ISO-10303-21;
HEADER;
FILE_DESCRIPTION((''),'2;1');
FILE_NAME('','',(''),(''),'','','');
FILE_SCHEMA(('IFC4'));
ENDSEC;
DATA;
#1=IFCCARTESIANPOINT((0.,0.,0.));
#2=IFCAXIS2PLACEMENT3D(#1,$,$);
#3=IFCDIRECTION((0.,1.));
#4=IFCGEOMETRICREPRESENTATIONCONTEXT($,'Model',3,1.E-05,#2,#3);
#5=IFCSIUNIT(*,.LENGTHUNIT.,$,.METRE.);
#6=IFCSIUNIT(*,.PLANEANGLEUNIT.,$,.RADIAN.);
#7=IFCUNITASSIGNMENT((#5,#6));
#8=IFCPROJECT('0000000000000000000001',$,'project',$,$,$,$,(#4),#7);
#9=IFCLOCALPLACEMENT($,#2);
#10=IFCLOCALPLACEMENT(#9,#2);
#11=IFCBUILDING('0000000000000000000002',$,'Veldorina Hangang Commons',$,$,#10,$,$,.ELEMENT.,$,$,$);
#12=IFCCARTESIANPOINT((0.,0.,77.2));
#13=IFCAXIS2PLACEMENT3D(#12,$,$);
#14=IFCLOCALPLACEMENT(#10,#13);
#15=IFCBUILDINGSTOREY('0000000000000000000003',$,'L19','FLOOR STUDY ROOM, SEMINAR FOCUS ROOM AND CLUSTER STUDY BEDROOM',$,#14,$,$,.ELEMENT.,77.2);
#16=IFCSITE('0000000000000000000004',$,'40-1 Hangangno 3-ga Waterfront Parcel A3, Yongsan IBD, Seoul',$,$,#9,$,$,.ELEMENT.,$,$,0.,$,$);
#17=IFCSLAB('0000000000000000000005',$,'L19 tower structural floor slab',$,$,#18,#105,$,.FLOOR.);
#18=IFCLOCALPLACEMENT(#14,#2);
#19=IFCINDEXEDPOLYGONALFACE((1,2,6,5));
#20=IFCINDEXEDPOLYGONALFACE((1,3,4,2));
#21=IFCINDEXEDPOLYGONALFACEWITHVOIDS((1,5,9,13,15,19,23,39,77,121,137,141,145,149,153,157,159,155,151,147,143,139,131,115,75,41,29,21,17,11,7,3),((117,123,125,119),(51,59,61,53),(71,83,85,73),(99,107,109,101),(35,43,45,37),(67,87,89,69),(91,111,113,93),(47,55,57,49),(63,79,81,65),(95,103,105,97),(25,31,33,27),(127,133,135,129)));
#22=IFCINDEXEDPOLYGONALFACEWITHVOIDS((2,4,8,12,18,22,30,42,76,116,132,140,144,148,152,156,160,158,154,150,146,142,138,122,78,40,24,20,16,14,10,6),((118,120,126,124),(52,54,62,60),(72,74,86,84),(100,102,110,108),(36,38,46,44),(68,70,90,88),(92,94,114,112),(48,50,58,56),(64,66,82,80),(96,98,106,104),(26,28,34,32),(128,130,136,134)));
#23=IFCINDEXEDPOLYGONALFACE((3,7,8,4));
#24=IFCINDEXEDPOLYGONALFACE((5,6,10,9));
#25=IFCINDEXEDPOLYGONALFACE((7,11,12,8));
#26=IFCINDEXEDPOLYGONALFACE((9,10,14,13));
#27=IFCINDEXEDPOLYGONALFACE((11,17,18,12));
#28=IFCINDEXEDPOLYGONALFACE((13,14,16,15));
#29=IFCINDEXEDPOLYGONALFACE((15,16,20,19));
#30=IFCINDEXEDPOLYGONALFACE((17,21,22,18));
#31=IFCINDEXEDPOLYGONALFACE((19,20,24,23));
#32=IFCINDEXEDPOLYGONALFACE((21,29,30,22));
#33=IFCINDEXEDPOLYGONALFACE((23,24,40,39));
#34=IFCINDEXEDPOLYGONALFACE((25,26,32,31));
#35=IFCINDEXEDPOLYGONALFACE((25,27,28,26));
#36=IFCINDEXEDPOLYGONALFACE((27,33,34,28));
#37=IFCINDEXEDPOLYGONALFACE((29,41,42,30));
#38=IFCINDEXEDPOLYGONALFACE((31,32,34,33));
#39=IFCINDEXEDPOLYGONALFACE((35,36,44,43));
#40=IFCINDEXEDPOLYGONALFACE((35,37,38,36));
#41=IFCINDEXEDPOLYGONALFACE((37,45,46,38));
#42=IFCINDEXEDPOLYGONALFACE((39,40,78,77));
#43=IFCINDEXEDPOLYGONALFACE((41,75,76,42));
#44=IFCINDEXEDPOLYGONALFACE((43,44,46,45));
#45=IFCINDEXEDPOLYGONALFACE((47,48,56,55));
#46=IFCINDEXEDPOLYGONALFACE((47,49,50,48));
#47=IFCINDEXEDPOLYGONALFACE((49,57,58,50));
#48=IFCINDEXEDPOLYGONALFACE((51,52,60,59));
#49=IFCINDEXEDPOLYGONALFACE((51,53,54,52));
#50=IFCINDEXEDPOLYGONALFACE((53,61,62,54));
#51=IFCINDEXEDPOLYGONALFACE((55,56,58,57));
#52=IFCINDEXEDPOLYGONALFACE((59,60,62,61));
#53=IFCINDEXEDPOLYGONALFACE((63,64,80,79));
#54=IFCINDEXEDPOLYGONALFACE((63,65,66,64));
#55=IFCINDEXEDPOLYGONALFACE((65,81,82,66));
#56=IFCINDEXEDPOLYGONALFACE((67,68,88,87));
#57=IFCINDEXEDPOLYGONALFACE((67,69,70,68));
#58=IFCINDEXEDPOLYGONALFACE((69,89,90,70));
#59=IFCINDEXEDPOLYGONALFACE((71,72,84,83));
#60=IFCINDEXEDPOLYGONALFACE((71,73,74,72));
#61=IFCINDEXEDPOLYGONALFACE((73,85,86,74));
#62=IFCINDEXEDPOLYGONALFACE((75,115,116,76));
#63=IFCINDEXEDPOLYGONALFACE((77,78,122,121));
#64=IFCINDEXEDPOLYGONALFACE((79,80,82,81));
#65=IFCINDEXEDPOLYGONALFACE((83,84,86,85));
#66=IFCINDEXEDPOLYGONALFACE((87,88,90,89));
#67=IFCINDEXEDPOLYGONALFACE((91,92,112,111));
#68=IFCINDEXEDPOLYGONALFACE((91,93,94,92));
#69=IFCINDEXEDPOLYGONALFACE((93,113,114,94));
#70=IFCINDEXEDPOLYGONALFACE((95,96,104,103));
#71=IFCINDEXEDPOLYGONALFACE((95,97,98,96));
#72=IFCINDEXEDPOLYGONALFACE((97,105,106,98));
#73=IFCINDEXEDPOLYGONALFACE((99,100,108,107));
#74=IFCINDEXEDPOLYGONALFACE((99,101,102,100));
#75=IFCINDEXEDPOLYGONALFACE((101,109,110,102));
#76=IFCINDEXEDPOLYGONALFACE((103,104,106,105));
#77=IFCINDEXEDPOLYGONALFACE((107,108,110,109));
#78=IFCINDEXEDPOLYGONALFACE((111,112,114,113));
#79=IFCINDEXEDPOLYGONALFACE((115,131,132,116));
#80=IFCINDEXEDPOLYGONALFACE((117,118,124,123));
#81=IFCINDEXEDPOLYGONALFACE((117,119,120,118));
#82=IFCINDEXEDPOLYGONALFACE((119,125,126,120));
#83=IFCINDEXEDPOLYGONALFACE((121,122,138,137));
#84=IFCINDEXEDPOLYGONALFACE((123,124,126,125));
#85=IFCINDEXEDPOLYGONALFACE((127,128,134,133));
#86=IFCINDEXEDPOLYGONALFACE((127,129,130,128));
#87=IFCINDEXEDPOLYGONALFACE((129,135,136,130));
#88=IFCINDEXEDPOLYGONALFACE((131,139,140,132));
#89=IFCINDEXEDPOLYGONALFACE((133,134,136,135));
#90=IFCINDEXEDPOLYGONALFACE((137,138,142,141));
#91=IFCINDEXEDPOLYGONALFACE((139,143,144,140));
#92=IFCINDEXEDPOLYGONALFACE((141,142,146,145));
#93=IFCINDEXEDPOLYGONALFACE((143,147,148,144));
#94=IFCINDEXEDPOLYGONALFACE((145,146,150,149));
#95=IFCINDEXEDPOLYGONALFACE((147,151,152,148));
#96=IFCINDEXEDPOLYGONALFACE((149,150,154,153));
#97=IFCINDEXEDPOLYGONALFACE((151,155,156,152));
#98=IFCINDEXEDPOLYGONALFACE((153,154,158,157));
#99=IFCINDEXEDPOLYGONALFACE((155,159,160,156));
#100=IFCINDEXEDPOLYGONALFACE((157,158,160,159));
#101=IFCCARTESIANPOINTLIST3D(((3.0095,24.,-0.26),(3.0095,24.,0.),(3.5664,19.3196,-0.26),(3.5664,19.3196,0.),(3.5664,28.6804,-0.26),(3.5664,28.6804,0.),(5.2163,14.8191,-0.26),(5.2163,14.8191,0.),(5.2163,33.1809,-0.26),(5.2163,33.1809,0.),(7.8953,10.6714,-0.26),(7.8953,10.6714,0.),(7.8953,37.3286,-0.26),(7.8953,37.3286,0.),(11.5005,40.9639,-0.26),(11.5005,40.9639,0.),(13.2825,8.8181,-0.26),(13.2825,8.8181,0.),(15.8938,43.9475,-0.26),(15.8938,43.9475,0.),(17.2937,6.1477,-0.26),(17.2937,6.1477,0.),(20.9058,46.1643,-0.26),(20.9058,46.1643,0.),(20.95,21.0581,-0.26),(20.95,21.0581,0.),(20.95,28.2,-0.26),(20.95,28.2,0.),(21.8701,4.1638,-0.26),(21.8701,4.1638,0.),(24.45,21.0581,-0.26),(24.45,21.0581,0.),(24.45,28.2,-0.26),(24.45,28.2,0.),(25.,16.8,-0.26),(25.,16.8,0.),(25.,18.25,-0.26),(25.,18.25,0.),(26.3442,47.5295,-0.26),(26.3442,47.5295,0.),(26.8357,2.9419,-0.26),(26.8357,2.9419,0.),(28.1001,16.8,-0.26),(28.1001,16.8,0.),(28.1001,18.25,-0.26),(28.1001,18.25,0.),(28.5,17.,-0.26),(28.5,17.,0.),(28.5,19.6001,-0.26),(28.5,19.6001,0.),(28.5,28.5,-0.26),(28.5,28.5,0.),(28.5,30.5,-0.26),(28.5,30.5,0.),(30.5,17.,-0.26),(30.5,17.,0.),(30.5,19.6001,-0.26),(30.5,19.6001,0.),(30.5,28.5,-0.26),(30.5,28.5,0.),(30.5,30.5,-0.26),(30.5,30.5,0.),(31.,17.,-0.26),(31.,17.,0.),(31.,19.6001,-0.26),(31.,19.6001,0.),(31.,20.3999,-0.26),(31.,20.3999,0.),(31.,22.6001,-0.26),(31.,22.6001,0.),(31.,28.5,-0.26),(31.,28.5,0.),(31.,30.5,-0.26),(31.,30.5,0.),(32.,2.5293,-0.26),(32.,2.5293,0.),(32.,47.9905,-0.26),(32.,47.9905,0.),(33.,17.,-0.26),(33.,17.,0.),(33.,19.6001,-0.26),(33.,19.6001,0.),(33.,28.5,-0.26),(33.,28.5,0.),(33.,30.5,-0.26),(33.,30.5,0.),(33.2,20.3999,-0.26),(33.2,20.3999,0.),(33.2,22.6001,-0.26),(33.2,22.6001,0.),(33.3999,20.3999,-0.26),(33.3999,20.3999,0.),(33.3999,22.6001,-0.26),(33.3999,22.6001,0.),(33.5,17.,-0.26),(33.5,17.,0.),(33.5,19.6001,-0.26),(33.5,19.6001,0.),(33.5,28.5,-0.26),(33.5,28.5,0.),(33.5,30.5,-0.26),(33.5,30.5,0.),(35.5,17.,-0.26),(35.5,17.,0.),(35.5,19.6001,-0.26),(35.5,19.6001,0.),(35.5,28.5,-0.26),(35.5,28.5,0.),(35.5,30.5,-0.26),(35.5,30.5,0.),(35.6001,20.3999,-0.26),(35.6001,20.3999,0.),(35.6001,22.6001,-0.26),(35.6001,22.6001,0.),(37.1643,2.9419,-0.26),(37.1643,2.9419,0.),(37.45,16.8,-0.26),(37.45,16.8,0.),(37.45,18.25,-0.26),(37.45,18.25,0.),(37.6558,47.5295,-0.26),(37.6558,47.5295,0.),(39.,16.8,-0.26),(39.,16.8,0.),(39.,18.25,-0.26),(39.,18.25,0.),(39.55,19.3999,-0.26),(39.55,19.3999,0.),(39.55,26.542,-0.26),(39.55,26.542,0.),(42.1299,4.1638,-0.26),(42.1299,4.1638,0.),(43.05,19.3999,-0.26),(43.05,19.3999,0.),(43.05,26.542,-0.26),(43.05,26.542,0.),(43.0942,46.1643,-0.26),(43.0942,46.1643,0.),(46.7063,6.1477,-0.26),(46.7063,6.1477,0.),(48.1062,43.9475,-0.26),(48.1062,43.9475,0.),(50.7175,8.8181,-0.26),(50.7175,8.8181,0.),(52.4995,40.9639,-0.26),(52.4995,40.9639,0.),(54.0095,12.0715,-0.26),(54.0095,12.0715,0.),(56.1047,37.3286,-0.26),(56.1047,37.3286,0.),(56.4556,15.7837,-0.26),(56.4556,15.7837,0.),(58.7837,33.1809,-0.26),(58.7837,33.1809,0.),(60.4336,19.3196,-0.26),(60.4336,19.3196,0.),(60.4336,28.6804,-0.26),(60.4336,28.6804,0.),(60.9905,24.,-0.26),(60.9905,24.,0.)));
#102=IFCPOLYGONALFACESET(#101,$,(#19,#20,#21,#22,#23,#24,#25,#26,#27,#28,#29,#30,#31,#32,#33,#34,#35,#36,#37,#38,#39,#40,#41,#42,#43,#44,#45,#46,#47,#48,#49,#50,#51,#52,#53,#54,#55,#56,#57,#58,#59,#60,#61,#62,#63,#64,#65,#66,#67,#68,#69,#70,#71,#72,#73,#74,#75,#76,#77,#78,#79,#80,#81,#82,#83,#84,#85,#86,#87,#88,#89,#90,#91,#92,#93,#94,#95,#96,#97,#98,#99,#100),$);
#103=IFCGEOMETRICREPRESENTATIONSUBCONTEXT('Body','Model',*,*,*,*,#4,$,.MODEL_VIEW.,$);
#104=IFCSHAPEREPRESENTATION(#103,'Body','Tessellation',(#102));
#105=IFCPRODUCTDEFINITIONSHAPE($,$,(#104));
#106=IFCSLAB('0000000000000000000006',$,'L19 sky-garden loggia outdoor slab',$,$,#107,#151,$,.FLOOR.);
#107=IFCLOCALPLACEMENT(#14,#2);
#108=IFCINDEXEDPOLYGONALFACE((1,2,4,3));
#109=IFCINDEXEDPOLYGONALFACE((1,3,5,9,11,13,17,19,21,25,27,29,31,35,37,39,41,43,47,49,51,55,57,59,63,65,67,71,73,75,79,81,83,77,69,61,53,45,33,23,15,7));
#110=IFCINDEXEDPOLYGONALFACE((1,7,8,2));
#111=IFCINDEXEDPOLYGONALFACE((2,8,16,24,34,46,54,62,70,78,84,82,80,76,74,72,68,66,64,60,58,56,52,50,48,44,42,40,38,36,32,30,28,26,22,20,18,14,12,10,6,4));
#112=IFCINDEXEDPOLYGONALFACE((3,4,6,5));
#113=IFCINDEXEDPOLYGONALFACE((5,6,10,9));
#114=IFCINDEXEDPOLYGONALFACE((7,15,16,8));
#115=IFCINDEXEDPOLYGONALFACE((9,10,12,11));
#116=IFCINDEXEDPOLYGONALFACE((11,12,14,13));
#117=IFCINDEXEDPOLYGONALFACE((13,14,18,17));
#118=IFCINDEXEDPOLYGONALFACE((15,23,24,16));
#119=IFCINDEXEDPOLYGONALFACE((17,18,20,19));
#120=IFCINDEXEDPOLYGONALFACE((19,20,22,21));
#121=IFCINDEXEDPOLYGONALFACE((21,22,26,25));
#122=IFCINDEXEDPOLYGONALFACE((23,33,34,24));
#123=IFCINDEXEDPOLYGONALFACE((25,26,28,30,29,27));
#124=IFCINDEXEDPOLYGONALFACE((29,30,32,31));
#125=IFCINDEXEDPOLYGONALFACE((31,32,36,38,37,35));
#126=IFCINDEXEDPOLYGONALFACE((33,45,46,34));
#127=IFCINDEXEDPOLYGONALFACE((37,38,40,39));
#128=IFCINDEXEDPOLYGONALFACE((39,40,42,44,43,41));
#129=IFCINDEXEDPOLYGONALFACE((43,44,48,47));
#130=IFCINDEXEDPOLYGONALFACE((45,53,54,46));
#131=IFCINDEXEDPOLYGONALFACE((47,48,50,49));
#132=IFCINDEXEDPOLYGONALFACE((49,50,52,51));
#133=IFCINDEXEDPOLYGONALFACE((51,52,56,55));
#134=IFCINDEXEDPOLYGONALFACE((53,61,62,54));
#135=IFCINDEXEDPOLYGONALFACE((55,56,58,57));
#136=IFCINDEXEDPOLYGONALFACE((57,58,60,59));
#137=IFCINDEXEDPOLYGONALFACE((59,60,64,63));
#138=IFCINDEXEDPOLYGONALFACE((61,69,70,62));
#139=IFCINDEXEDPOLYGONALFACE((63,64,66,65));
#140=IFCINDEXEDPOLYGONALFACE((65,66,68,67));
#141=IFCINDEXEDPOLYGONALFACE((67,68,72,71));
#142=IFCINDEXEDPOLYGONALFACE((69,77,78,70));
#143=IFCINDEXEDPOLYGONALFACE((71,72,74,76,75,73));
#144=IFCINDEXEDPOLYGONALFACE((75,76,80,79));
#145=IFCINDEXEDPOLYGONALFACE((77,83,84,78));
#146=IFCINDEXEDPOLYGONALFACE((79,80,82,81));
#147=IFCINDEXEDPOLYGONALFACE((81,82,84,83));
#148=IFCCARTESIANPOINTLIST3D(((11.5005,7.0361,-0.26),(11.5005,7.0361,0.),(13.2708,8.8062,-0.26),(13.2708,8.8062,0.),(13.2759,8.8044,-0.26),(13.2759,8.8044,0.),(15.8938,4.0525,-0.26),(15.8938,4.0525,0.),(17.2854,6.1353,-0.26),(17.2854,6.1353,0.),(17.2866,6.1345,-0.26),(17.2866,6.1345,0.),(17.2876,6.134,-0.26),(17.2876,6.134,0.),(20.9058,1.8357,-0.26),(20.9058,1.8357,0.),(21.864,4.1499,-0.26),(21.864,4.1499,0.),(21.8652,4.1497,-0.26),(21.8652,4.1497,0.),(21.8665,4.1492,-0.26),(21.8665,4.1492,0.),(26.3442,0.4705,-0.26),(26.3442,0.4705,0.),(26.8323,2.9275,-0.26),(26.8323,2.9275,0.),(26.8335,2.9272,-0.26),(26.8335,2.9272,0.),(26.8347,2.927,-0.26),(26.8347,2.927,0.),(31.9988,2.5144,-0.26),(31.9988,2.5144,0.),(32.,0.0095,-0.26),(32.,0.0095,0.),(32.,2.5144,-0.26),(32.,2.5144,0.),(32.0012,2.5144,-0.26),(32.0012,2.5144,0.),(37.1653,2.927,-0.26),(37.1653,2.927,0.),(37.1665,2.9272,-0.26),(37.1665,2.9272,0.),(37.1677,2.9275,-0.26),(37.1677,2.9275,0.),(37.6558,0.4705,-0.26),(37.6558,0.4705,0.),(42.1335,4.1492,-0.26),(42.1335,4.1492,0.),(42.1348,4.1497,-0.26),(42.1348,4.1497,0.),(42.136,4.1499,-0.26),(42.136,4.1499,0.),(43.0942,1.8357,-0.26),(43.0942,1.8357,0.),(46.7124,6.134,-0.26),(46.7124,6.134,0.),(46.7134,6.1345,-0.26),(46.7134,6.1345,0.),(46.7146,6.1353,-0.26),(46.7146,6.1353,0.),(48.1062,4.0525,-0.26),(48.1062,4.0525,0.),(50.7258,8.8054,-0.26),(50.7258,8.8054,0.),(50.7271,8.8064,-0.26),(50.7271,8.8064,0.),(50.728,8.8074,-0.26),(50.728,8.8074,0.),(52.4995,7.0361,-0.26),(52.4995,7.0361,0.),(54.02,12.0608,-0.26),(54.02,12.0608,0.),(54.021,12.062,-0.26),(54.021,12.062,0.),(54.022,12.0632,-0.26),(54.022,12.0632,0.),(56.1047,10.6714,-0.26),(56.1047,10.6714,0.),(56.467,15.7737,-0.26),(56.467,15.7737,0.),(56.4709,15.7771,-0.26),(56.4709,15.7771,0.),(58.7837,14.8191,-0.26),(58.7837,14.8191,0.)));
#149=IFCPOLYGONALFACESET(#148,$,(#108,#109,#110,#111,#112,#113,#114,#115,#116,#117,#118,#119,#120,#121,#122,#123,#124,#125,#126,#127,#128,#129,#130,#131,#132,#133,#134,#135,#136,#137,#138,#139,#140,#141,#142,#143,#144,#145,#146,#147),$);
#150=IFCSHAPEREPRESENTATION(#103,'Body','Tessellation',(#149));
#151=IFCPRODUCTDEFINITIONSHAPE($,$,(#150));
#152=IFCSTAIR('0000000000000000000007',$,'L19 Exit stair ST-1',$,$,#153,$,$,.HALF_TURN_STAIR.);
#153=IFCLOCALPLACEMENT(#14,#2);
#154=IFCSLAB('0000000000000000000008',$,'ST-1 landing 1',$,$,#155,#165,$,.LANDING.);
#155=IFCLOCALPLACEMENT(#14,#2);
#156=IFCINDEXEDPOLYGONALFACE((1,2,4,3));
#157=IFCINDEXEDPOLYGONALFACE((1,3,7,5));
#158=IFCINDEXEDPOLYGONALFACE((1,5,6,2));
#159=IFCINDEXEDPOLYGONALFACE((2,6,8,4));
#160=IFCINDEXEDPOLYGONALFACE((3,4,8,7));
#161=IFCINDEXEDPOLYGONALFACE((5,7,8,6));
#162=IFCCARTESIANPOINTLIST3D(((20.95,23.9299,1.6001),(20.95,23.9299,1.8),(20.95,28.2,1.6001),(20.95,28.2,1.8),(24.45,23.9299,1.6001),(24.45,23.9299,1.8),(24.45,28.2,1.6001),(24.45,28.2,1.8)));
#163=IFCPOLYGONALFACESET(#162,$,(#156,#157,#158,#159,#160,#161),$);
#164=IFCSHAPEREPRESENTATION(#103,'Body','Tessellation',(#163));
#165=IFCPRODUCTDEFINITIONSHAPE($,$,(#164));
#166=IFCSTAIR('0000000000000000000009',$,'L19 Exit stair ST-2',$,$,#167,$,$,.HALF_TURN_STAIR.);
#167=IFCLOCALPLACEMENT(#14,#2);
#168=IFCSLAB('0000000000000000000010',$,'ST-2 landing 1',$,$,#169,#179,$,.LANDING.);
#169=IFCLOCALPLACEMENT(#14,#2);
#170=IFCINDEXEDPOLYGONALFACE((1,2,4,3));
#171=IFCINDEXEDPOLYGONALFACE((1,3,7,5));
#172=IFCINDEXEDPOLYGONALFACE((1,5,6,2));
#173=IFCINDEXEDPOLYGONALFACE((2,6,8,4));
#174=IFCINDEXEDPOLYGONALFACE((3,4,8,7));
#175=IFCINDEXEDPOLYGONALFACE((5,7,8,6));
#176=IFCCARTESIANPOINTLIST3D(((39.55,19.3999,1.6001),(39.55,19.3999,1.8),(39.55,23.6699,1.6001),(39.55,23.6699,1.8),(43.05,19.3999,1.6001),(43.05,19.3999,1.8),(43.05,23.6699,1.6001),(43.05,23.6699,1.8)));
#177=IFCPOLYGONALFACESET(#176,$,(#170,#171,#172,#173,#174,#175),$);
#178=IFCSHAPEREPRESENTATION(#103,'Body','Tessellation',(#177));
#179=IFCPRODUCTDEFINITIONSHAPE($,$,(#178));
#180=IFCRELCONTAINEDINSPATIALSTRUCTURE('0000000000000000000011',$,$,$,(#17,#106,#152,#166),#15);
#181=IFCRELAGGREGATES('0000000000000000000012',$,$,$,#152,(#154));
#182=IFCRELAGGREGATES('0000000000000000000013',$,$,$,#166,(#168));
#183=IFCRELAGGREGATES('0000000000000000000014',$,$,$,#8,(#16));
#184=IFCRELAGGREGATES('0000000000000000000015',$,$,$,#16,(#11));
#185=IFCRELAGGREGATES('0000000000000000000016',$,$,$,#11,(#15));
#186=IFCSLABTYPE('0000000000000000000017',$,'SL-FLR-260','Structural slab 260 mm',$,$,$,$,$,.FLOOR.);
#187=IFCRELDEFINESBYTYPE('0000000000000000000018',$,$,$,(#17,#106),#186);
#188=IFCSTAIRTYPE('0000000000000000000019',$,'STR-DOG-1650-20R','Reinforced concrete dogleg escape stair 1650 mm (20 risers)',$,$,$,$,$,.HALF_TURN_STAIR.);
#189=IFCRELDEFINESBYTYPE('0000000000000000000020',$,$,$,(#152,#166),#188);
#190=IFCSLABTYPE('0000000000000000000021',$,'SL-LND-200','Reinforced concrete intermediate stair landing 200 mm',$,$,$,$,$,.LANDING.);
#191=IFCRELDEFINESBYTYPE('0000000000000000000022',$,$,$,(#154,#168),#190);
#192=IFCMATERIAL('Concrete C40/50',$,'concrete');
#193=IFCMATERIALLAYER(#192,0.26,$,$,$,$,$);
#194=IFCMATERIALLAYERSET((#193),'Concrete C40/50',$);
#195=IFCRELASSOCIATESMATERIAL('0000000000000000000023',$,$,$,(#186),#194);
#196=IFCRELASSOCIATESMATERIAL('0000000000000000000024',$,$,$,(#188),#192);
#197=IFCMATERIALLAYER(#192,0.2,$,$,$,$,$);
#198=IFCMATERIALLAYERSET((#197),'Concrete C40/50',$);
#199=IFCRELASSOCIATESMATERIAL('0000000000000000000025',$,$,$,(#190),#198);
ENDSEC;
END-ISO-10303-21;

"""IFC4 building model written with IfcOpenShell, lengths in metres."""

from ifc_helpers import new_model, si_unit, direction, frame, origin, place, context, subcontext, project, spatial, polyline, outline, extrude, material, layer, layer_set, type_object, element, aggregate, save


model = new_model("IFC4")

# Units and contexts
model_context = context("Model", 3, precision=1e-05, world=origin(), true_north=direction((0.0, 1.0)))
body_context = subcontext(model_context, "Body", "Model", "MODEL_VIEW")
ifc_project = project(units=[si_unit("LENGTHUNIT", "METRE"), si_unit("PLANEANGLEUNIT", "RADIAN")], contexts=[model_context])

# Site, building, storey
site_placement = place(None, origin())
site = spatial("IfcSite", under=ifc_project, at=site_placement, Name="40-1 Hangangno 3-ga Waterfront Parcel A3, Yongsan IBD, Seoul", CompositionType="ELEMENT", RefElevation=0.0)
building_placement = place(site_placement, origin())
building = spatial("IfcBuilding", under=site, at=building_placement, Name="Veldorina Hangang Commons", CompositionType="ELEMENT")
storey_placement = place(building_placement, frame((0.0, 0.0, 77.2)))
storey = spatial("IfcBuildingStorey", under=building, at=storey_placement, Name="L19", Description="FLOOR STUDY ROOM, SEMINAR FOCUS ROOM AND CLUSTER STUDY BEDROOM", CompositionType="ELEMENT", Elevation=77.2)

# Slabs
ifc_material_1 = material(Name="Concrete C40/50", Category="concrete")
ifc_layer_1 = layer(ifc_material_1, 0.26)
ifc_layer_set_1 = layer_set([ifc_layer_1], Name="Concrete C40/50")
slab_type_1 = type_object("IfcSlabType", Name="SL-FLR-260", Description="Structural slab 260 mm", PredefinedType="FLOOR", material=ifc_layer_set_1)
slab_1_placement = place(storey_placement, frame((0.0, 0.0, -0.26)))
element("IfcSlab", 1, at=slab_1_placement, inside=storey, type_object=slab_type_1, Name="L19 tower structural floor slab", PredefinedType="FLOOR", context=body_context, shape_type="SweptSolid", body=[
    extrude(outline(polyline([(60.9905, 24.0), (60.4336, 28.6804), (58.7837, 33.1809), (56.1047, 37.3286), (52.4995, 40.9639), (48.1062, 43.9475), (43.0942, 46.1643), (37.6558, 47.5295), (32.0, 47.9905), (26.3442, 47.5295), (20.9058, 46.1643), (15.8938, 43.9475), (11.5005, 40.9639), (7.8953, 37.3286), (5.2163, 33.1809), (3.5664, 28.6804), (3.0095, 24.0), (3.5664, 19.3196), (5.2163, 14.8191), (7.8953, 10.6714), (13.2825, 8.8181), (17.2937, 6.1477), (21.8701, 4.1638), (26.8357, 2.9419), (32.0, 2.5293), (37.1643, 2.9419), (42.1299, 4.1638), (46.7063, 6.1477), (50.7175, 8.8181), (54.0095, 12.0715), (56.4556, 15.7837), (60.4336, 19.3196), (60.9905, 24.0)]), holes=[polyline([(20.95, 21.0581), (20.95, 28.2), (24.45, 28.2), (24.45, 21.0581), (20.95, 21.0581)]), polyline([(43.05, 26.542), (43.05, 19.3999), (39.55, 19.3999), (39.55, 26.542), (43.05, 26.542)]), polyline([(28.5, 30.5), (30.5, 30.5), (30.5, 28.5), (28.5, 28.5), (28.5, 30.5)]), polyline([(31.0, 30.5), (33.0, 30.5), (33.0, 28.5), (31.0, 28.5), (31.0, 30.5)]), polyline([(33.5, 30.5), (35.5, 30.5), (35.5, 28.5), (33.5, 28.5), (33.5, 30.5)]), polyline([(31.0, 22.6001), (33.2, 22.6001), (33.2, 20.3999), (31.0, 20.3999), (31.0, 22.6001)]), polyline([(33.3999, 22.6001), (35.6001, 22.6001), (35.6001, 20.3999), (33.3999, 20.3999), (33.3999, 22.6001)]), polyline([(28.5, 19.6001), (30.5, 19.6001), (30.5, 17.0), (28.5, 17.0), (28.5, 19.6001)]), polyline([(31.0, 19.6001), (33.0, 19.6001), (33.0, 17.0), (31.0, 17.0), (31.0, 19.6001)]), polyline([(33.5, 19.6001), (35.5, 19.6001), (35.5, 17.0), (33.5, 17.0), (33.5, 19.6001)]), polyline([(25.0, 18.25), (28.1001, 18.25), (28.1001, 16.8), (25.0, 16.8), (25.0, 18.25)]), polyline([(37.45, 18.25), (39.0, 18.25), (39.0, 16.8), (37.45, 16.8), (37.45, 18.25)])]), origin(), (0.0, 0.0, 1.0), 0.26),
])
slab_2_placement = place(storey_placement, frame((0.0, 0.0, -0.26)))
element("IfcSlab", 2, at=slab_2_placement, inside=storey, type_object=slab_type_1, Name="L19 sky-garden loggia outdoor slab", PredefinedType="FLOOR", context=body_context, shape_type="SweptSolid", body=[
    extrude(outline(polyline([(58.7837, 14.8191), (56.1047, 10.6714), (52.4995, 7.0361), (48.1062, 4.0525), (43.0942, 1.8357), (37.6558, 0.4705), (32.0, 0.0095), (26.3442, 0.4705), (20.9058, 1.8357), (15.8938, 4.0525), (11.5005, 7.0361), (13.2708, 8.8062), (13.2759, 8.8044), (17.2854, 6.1353), (17.2866, 6.1345), (17.2876, 6.134), (21.864, 4.1499), (21.8652, 4.1497), (21.8665, 4.1492), (26.8323, 2.9275), (26.8335, 2.9272), (26.8347, 2.927), (31.9988, 2.5144), (32.0, 2.5144), (32.0012, 2.5144), (37.1653, 2.927), (37.1665, 2.9272), (37.1677, 2.9275), (42.1335, 4.1492), (42.1348, 4.1497), (42.136, 4.1499), (46.7124, 6.134), (46.7134, 6.1345), (46.7146, 6.1353), (50.7258, 8.8054), (50.7271, 8.8064), (50.728, 8.8074), (54.02, 12.0608), (54.021, 12.062), (54.022, 12.0632), (56.467, 15.7737), (56.4709, 15.7771), (58.7837, 14.8191)])), origin(), (0.0, 0.0, 1.0), 0.26),
])

# Stairs, slabs
stair_type = type_object("IfcStairType", Name="STR-DOG-1650-20R", Description="Reinforced concrete dogleg escape stair 1650 mm (20 risers)", PredefinedType="HALF_TURN_STAIR", material=ifc_material_1)
stair_1_placement = place(storey_placement, origin())
stair_1 = element("IfcStair", 3, at=stair_1_placement, inside=storey, type_object=stair_type, Name="L19 Exit stair ST-1", PredefinedType="HALF_TURN_STAIR")
ifc_layer_2 = layer(ifc_material_1, 0.2)
ifc_layer_set_2 = layer_set([ifc_layer_2], Name="Concrete C40/50")
slab_type_2 = type_object("IfcSlabType", Name="SL-LND-200", Description="Reinforced concrete intermediate stair landing 200 mm", PredefinedType="LANDING", material=ifc_layer_set_2)
slab_3_placement = place(storey_placement, frame((0.0, 0.0, 1.6001)))
slab_3 = element("IfcSlab", 4, at=slab_3_placement, type_object=slab_type_2, Name="ST-1 landing 1", PredefinedType="LANDING", context=body_context, shape_type="SweptSolid", body=[
    extrude(outline(polyline([(24.45, 23.9299), (24.45, 28.2), (20.95, 28.2), (20.95, 23.9299), (24.45, 23.9299)])), origin(), (0.0, 0.0, 1.0), 0.2),
])
aggregate(stair_1, [slab_3])
stair_2_placement = place(storey_placement, origin())
stair_2 = element("IfcStair", 5, at=stair_2_placement, inside=storey, type_object=stair_type, Name="L19 Exit stair ST-2", PredefinedType="HALF_TURN_STAIR")
slab_4_placement = place(storey_placement, frame((0.0, 0.0, 1.6001)))
slab_4 = element("IfcSlab", 6, at=slab_4_placement, type_object=slab_type_2, Name="ST-2 landing 1", PredefinedType="LANDING", context=body_context, shape_type="SweptSolid", body=[
    extrude(outline(polyline([(39.55, 23.6699), (39.55, 19.3999), (43.05, 19.3999), (43.05, 23.6699), (39.55, 23.6699)])), origin(), (0.0, 0.0, 1.0), 0.2),
])
aggregate(stair_2, [slab_4])

save(model, "model.ifc")
